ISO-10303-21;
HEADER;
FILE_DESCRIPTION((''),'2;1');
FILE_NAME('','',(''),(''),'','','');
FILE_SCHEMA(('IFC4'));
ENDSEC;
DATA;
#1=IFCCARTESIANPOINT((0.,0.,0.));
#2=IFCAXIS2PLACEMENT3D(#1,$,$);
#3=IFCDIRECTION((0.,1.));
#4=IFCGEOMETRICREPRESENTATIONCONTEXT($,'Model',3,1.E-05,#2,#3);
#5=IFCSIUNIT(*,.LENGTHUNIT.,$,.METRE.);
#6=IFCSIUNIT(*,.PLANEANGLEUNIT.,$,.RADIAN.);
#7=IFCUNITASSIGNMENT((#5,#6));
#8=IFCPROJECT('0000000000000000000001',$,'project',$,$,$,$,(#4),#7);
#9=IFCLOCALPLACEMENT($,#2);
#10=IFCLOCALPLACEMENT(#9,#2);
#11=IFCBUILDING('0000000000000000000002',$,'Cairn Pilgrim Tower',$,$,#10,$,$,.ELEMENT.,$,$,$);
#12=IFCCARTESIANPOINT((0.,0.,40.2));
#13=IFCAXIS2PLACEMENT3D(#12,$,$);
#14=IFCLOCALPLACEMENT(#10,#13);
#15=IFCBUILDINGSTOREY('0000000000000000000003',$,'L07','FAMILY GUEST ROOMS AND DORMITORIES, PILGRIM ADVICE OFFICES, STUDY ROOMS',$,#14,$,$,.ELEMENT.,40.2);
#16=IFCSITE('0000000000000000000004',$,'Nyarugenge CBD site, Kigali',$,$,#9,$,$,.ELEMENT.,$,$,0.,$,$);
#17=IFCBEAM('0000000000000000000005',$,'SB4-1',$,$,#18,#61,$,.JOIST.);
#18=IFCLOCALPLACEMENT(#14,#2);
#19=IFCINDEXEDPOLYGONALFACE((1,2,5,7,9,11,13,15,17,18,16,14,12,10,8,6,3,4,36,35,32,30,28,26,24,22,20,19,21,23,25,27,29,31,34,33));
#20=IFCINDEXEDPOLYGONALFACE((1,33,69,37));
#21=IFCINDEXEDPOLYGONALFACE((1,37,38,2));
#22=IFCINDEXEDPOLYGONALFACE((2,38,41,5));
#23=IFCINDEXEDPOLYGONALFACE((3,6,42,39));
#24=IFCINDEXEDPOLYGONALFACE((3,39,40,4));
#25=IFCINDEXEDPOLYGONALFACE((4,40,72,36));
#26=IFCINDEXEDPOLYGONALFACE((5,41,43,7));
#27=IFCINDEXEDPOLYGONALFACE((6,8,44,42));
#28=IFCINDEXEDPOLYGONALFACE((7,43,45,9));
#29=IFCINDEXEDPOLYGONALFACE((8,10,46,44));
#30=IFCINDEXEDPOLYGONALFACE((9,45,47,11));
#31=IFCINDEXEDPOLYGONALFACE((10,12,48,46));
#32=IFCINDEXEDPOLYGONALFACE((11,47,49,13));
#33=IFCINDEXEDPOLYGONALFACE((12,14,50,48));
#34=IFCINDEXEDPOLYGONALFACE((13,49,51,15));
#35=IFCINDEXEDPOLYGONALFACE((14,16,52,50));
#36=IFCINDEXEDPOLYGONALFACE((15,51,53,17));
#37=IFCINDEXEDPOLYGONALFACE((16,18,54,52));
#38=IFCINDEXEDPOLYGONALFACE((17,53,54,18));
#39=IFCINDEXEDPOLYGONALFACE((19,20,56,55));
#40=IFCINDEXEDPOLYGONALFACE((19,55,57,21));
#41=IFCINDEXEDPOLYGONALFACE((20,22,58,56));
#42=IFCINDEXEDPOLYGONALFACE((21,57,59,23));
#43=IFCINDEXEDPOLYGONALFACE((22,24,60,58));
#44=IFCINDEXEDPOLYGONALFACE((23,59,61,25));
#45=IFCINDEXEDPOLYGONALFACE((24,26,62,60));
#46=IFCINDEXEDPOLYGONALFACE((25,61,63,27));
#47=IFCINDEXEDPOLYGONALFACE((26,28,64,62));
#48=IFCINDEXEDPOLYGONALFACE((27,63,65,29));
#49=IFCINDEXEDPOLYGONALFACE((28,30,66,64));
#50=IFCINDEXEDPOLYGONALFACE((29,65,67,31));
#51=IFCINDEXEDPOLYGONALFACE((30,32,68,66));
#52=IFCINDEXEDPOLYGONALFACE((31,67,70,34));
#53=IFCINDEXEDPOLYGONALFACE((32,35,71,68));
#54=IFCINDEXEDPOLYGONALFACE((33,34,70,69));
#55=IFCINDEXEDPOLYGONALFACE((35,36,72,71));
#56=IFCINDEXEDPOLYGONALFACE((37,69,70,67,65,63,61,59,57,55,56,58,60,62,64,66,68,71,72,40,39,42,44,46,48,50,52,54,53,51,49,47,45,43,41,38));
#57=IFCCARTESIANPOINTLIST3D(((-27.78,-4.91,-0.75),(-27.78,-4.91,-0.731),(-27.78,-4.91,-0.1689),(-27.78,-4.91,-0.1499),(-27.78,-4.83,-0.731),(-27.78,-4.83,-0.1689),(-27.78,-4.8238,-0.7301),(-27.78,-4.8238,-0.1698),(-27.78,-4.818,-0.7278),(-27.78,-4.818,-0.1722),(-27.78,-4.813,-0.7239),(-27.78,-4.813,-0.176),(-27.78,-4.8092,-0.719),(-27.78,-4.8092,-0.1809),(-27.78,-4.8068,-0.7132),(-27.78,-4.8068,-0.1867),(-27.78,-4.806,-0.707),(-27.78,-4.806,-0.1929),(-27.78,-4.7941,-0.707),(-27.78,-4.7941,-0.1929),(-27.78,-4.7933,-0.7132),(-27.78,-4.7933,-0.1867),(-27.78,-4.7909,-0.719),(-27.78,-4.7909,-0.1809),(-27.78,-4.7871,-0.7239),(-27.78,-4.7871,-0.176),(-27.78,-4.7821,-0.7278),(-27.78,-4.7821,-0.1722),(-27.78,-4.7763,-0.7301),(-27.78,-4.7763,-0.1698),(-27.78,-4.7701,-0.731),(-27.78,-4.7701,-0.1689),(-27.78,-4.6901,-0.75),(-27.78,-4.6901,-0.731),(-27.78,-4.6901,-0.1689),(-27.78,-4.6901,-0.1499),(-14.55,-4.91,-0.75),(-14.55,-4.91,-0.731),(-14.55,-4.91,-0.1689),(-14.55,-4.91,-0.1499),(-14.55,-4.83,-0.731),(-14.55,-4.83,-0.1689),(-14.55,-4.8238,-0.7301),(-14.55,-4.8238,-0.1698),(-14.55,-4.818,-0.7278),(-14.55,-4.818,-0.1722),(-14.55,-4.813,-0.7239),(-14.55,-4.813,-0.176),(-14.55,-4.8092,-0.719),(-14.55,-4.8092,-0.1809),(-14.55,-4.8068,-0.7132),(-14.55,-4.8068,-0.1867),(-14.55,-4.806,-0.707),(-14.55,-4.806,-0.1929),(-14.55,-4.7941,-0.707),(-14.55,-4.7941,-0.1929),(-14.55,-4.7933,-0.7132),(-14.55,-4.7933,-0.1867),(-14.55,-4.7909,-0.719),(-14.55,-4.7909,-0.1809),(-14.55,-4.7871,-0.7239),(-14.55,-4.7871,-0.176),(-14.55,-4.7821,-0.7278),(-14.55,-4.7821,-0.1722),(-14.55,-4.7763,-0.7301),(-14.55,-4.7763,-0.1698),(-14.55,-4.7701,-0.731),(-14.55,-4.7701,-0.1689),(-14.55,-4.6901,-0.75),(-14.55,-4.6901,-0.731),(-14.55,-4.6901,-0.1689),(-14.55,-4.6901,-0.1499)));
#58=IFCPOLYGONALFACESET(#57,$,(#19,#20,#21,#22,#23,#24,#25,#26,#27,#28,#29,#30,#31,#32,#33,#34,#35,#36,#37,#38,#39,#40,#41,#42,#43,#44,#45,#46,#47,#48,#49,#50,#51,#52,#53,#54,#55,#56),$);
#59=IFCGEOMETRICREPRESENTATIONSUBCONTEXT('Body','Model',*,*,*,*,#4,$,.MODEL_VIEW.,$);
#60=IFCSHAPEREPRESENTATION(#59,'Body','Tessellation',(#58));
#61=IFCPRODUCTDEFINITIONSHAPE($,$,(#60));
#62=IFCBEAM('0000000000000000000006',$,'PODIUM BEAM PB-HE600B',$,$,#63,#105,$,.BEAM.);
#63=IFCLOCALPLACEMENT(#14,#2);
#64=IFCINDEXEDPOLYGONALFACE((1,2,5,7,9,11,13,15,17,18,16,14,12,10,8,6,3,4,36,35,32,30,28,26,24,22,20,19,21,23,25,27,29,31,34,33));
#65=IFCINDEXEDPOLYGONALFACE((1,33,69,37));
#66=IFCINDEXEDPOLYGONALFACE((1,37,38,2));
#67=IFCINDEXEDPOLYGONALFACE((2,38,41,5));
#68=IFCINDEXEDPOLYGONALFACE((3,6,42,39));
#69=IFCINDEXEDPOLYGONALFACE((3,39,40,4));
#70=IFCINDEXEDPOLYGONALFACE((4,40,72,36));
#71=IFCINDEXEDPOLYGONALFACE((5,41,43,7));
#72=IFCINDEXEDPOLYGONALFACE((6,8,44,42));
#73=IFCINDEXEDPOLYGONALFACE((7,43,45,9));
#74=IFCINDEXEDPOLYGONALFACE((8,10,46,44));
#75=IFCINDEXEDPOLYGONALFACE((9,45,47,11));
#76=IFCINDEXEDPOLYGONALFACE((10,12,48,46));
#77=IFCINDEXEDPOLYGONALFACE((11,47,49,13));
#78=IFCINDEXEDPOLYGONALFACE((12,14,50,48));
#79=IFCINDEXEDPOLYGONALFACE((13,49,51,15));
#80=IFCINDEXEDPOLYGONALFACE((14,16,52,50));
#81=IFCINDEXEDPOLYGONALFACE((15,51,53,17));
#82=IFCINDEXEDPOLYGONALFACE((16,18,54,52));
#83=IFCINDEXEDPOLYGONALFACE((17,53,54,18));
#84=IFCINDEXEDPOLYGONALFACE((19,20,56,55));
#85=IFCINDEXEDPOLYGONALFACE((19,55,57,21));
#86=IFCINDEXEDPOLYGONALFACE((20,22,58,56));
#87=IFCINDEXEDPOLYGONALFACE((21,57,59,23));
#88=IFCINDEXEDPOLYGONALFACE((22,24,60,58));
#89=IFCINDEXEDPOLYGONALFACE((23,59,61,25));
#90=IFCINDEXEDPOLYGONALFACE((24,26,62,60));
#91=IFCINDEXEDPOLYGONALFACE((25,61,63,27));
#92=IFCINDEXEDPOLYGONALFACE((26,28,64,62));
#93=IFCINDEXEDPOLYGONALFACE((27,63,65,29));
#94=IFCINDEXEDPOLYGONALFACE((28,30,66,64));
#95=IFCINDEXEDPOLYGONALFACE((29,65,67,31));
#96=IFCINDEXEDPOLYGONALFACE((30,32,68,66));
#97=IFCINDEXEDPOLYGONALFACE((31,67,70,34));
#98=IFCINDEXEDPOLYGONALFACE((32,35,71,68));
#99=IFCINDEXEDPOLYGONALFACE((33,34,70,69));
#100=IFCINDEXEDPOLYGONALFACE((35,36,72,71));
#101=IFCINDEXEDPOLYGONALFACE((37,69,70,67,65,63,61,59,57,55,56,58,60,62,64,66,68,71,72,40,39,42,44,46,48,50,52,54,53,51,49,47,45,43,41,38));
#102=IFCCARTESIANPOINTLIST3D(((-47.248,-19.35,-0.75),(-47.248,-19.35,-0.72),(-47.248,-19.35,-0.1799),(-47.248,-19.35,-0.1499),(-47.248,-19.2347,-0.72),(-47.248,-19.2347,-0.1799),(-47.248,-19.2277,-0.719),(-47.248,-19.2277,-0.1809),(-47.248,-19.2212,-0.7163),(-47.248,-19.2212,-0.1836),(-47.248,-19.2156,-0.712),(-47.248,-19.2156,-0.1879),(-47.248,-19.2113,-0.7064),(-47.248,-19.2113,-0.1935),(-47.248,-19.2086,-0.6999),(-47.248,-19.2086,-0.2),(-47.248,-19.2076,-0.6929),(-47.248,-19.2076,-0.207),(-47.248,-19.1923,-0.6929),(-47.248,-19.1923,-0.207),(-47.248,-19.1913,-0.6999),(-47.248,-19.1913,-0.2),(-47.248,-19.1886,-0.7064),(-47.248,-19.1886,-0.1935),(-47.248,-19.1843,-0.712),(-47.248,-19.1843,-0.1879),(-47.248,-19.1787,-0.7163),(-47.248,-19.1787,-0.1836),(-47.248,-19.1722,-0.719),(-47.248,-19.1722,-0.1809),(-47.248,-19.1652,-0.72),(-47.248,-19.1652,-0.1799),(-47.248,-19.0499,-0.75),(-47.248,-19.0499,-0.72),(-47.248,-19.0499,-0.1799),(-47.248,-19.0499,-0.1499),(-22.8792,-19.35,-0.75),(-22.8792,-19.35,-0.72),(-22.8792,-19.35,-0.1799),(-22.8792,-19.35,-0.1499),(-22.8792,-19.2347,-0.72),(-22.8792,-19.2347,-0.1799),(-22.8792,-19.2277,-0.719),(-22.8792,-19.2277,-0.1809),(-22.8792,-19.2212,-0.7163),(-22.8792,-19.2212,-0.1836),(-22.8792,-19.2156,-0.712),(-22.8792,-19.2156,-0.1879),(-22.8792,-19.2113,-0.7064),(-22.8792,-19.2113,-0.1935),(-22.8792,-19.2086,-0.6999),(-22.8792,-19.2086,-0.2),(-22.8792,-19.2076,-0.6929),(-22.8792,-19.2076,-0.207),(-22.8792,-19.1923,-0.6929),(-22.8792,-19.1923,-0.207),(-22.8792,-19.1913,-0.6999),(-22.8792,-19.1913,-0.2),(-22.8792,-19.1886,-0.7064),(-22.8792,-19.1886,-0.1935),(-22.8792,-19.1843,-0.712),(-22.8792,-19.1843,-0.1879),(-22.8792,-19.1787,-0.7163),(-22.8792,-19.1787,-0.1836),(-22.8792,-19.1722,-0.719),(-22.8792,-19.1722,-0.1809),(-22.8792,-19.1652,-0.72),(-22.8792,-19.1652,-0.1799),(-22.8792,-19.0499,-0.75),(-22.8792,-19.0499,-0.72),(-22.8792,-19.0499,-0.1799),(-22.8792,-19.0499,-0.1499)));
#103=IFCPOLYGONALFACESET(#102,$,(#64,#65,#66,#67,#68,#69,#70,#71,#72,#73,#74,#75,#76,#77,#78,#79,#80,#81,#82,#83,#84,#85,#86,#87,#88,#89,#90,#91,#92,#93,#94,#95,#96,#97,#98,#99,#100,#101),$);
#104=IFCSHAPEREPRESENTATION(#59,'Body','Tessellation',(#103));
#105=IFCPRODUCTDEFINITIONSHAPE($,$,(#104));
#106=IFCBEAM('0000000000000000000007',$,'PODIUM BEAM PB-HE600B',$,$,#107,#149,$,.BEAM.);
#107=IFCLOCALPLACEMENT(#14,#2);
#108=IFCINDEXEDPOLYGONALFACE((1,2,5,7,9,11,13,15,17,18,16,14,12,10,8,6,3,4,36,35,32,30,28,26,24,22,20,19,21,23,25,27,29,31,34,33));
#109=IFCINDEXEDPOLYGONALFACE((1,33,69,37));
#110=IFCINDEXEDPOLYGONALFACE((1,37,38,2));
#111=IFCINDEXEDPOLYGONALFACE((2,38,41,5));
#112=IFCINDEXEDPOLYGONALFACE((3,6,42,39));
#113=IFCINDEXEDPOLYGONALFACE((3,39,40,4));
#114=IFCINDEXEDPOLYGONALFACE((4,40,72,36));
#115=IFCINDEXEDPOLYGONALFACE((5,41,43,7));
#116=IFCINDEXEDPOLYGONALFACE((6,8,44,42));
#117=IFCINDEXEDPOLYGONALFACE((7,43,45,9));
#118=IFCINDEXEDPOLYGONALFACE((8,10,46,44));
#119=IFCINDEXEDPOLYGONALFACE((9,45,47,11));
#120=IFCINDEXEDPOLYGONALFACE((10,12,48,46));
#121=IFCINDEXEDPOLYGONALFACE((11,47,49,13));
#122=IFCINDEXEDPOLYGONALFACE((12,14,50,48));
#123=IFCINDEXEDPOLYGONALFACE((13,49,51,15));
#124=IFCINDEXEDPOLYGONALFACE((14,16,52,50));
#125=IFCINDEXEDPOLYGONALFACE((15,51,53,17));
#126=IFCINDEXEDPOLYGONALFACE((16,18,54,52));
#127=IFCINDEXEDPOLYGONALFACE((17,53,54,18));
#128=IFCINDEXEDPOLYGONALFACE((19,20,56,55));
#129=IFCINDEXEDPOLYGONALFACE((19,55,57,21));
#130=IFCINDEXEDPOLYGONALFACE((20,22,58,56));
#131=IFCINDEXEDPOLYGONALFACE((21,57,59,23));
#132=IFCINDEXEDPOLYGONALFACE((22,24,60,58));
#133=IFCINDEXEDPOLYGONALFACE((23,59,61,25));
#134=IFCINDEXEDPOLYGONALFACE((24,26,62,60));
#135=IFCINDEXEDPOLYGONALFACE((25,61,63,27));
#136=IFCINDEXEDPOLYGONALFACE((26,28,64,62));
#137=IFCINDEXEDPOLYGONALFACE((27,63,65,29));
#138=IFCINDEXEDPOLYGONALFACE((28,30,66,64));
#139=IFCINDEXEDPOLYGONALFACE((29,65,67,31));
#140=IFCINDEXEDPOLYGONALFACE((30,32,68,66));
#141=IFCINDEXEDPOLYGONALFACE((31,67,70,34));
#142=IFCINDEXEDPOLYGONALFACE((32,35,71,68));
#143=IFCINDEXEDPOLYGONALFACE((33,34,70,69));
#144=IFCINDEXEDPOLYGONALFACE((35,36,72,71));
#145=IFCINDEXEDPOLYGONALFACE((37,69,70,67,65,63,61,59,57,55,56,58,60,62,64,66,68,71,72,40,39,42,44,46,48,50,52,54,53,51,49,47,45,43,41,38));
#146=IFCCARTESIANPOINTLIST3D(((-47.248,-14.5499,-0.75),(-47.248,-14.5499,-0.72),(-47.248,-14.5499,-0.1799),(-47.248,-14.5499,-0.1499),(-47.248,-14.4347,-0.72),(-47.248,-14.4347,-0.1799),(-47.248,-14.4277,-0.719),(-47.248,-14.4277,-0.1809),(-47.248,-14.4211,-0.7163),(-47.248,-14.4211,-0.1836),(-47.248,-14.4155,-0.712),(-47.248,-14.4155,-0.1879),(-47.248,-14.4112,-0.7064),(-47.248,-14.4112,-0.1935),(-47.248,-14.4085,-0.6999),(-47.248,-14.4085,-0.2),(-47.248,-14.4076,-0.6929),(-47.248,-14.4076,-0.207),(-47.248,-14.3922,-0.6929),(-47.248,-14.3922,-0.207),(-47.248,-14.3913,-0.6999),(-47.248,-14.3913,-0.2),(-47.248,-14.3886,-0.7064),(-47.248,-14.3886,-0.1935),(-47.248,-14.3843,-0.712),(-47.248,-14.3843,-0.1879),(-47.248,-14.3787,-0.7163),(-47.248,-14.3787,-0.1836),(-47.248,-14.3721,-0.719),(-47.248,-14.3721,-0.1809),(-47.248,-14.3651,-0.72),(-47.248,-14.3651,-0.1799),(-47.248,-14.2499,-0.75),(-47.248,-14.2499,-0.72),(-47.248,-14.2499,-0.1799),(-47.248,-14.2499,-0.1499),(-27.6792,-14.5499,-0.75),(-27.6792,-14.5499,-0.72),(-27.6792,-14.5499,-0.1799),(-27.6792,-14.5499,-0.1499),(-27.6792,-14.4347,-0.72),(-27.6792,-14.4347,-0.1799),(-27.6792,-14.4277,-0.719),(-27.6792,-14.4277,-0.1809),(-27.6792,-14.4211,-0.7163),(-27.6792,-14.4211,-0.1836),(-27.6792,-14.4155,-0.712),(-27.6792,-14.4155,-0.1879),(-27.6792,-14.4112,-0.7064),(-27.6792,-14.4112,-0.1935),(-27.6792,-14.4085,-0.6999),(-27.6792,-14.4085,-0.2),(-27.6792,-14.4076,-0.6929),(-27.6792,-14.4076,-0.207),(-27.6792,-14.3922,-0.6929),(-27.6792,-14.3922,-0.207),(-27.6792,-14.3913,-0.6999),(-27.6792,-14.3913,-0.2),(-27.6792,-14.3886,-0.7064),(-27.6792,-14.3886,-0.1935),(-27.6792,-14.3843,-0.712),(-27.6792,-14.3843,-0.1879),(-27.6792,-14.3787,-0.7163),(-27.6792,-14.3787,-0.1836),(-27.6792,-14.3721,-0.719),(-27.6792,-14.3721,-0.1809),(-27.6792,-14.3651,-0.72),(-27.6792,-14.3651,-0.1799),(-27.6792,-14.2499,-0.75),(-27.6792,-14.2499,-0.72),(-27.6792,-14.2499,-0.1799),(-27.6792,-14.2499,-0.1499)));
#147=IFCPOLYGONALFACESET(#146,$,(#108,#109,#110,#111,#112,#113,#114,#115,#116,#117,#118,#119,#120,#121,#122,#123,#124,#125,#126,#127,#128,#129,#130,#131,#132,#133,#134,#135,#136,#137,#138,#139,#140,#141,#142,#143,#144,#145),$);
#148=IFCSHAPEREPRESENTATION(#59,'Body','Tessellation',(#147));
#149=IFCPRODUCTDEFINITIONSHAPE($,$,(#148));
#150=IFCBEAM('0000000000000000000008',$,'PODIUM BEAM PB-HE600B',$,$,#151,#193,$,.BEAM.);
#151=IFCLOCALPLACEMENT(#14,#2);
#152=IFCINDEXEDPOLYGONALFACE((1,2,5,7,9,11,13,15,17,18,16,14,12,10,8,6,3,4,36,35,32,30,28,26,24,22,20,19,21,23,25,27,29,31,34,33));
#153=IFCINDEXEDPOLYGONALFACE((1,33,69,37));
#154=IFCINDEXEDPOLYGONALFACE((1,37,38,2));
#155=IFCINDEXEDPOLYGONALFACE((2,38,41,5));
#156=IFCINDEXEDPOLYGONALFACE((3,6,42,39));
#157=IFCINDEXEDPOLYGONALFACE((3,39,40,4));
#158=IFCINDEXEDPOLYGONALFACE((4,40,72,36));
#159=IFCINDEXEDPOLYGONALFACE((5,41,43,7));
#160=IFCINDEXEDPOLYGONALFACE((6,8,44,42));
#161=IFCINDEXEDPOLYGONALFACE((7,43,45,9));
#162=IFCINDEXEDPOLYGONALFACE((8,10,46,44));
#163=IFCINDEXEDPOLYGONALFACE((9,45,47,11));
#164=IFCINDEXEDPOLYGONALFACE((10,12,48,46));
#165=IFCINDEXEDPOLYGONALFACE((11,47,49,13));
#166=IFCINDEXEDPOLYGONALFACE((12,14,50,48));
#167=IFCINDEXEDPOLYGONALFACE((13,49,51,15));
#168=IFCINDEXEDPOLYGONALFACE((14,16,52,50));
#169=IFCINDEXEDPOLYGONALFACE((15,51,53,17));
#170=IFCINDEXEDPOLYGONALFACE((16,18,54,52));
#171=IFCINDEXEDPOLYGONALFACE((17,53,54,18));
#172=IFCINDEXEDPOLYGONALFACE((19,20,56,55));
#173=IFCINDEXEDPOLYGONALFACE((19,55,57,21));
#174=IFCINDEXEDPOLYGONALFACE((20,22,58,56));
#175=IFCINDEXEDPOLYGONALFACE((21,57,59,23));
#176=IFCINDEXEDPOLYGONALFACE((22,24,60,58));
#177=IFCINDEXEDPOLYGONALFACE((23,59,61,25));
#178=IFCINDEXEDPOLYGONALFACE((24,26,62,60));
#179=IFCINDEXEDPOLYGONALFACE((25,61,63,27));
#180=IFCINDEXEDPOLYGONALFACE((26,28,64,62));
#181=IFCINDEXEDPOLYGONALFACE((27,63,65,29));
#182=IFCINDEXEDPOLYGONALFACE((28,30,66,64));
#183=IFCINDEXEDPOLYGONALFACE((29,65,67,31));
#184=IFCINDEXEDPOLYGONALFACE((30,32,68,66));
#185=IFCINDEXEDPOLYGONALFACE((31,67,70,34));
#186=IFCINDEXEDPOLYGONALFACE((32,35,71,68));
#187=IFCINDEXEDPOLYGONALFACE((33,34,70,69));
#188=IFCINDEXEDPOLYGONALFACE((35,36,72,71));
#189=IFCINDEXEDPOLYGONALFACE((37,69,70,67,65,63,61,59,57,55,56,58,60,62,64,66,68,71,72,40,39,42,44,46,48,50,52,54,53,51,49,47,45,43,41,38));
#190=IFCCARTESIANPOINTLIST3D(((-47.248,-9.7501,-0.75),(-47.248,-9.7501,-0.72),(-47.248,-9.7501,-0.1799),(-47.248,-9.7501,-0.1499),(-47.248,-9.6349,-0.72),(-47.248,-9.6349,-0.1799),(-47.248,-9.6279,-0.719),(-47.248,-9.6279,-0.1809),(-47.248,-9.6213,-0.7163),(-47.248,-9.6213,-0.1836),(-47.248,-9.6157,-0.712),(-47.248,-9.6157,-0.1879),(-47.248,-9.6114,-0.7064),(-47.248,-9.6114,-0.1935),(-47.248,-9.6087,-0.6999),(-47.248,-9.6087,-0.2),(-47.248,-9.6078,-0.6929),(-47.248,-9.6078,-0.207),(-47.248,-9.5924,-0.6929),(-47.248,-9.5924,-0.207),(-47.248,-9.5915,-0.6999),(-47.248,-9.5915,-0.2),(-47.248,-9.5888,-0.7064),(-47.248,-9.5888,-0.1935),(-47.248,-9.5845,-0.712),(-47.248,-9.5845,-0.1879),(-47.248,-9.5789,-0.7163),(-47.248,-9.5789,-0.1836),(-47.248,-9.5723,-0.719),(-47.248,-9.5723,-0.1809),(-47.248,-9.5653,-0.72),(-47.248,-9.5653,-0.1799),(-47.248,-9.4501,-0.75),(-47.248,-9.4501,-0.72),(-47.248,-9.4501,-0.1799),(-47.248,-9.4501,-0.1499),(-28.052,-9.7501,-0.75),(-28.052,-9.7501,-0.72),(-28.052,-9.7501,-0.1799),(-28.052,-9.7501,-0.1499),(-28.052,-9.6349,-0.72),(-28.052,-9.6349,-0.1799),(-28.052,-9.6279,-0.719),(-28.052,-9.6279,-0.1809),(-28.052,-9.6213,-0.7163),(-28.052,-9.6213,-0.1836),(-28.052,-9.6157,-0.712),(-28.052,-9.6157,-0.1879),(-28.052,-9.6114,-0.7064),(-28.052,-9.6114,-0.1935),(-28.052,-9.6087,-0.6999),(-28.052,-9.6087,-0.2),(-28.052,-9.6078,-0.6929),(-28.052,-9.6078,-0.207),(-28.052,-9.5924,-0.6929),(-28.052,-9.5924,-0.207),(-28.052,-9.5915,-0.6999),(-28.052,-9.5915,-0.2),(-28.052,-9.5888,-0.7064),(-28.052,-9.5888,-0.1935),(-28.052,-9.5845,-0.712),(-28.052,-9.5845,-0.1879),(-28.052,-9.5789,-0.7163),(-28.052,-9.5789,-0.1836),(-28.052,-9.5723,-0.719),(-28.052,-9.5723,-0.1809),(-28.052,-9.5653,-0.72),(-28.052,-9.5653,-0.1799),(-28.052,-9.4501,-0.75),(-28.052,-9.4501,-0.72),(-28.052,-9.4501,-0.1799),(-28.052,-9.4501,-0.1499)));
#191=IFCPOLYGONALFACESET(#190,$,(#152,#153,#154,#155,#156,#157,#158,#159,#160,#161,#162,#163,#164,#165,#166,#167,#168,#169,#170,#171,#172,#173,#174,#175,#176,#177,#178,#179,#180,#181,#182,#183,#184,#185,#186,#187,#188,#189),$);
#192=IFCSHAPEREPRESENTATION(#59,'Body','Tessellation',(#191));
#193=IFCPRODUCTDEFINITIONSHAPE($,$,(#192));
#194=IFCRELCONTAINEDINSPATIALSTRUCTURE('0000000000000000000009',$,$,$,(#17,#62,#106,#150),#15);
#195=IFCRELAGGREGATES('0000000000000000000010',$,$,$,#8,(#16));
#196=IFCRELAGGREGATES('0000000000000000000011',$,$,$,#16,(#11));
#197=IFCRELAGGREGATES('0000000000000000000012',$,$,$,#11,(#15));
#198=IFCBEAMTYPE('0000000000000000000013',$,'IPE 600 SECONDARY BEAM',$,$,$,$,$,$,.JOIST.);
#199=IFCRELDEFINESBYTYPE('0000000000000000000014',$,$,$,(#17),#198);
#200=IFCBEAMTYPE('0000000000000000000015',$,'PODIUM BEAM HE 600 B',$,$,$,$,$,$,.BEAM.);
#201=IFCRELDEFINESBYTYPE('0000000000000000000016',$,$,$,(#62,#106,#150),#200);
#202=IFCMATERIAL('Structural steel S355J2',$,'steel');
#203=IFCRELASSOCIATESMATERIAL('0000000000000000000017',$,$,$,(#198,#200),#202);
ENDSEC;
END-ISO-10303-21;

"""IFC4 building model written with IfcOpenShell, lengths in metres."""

from ifc_helpers import new_model, si_unit, direction, frame, origin, origin_2d, place, context, subcontext, project, spatial, i_section, extrude, material, material_profile, profile_set, type_object, element, save


model = new_model("IFC4")

# Units and contexts
model_context = context("Model", 3, precision=1e-05, world=origin(), true_north=direction((0.0, 1.0)))
body_context = subcontext(model_context, "Body", "Model", "MODEL_VIEW")
ifc_project = project(units=[si_unit("LENGTHUNIT", "METRE"), si_unit("PLANEANGLEUNIT", "RADIAN")], contexts=[model_context])

# Site, building, storey
site_placement = place(None, origin())
site = spatial("IfcSite", under=ifc_project, at=site_placement, Name="Nyarugenge CBD site, Kigali", CompositionType="ELEMENT", RefElevation=0.0)
building_placement = place(site_placement, origin())
building = spatial("IfcBuilding", under=site, at=building_placement, Name="Cairn Pilgrim Tower", CompositionType="ELEMENT")
storey_placement = place(building_placement, frame((0.0, 0.0, 40.2)))
storey = spatial("IfcBuildingStorey", under=building, at=storey_placement, Name="L07", Description="FAMILY GUEST ROOMS AND DORMITORIES, PILGRIM ADVICE OFFICES, STUDY ROOMS", CompositionType="ELEMENT", Elevation=40.2)

# Beams
ifc_material_1 = material(Name="Structural steel S355J2", Category="steel")
ifc_material_profile_1 = material_profile(ifc_material_1, i_section(OverallWidth=0.22, OverallDepth=0.6001, WebThickness=0.012, FlangeThickness=0.019, FilletRadius=0.0239, at=origin_2d()), Name="IPE 600")
ifc_profile_set_1 = profile_set([ifc_material_profile_1], Name="Structural steel S355J2")
beam_type_1 = type_object("IfcBeamType", Name="IPE 600 SECONDARY BEAM", PredefinedType="JOIST", material=ifc_profile_set_1)
for number, where, z_axis, x_axis, name in (
    (1, (-27.78, -4.8, -0.45), (1.0, 0.0, 0.0), (0.0, 1.0, 0.0), "SB4-1"),
):
    element("IfcBeam", number, at=place(storey_placement, frame(where, z_axis=z_axis, x_axis=x_axis)), inside=storey, type_object=beam_type_1, Name=name, PredefinedType="JOIST", context=body_context, shape_type="SweptSolid", body=[
        extrude(i_section(OverallWidth=0.22, OverallDepth=0.6001, WebThickness=0.012, FlangeThickness=0.019, FilletRadius=0.0239, at=origin_2d()), origin(), (0.0, 0.0, 1.0), 13.23),
    ])
ifc_material_profile_2 = material_profile(ifc_material_1, i_section(OverallWidth=0.3, OverallDepth=0.6001, WebThickness=0.0154, FlangeThickness=0.03, FilletRadius=0.0271, at=origin_2d()), Name="HEB 600")
ifc_profile_set_2 = profile_set([ifc_material_profile_2], Name="Structural steel S355J2")
beam_type_2 = type_object("IfcBeamType", Name="PODIUM BEAM HE 600 B", PredefinedType="BEAM", material=ifc_profile_set_2)
beam_1_placement = place(storey_placement, frame((-47.248, -19.2, -0.45), z_axis=(1.0, 0.0, 0.0), x_axis=(0.0, 1.0, 0.0)))
element("IfcBeam", 2, at=beam_1_placement, inside=storey, type_object=beam_type_2, Name="PODIUM BEAM PB-HE600B", PredefinedType="BEAM", context=body_context, shape_type="SweptSolid", body=[
    extrude(i_section(OverallWidth=0.3, OverallDepth=0.6001, WebThickness=0.0154, FlangeThickness=0.03, FilletRadius=0.0271, at=origin_2d()), origin(), (0.0, 0.0, 1.0), 24.3689),
])
beam_2_placement = place(storey_placement, frame((-47.248, -14.3999, -0.45), z_axis=(1.0, 0.0, 0.0), x_axis=(0.0, 1.0, 0.0)))
element("IfcBeam", 3, at=beam_2_placement, inside=storey, type_object=beam_type_2, Name="PODIUM BEAM PB-HE600B", PredefinedType="BEAM", context=body_context, shape_type="SweptSolid", body=[
    extrude(i_section(OverallWidth=0.3, OverallDepth=0.6001, WebThickness=0.0154, FlangeThickness=0.03, FilletRadius=0.0271, at=origin_2d()), origin(), (0.0, 0.0, 1.0), 19.5688),
])
beam_3_placement = place(storey_placement, frame((-47.248, -9.6001, -0.45), z_axis=(1.0, 0.0, 0.0), x_axis=(0.0, 1.0, 0.0)))
element("IfcBeam", 4, at=beam_3_placement, inside=storey, type_object=beam_type_2, Name="PODIUM BEAM PB-HE600B", PredefinedType="BEAM", context=body_context, shape_type="SweptSolid", body=[
    extrude(i_section(OverallWidth=0.3, OverallDepth=0.6001, WebThickness=0.0154, FlangeThickness=0.03, FilletRadius=0.0271, at=origin_2d()), origin(), (0.0, 0.0, 1.0), 19.196),
])

save(model, "model.ifc")
